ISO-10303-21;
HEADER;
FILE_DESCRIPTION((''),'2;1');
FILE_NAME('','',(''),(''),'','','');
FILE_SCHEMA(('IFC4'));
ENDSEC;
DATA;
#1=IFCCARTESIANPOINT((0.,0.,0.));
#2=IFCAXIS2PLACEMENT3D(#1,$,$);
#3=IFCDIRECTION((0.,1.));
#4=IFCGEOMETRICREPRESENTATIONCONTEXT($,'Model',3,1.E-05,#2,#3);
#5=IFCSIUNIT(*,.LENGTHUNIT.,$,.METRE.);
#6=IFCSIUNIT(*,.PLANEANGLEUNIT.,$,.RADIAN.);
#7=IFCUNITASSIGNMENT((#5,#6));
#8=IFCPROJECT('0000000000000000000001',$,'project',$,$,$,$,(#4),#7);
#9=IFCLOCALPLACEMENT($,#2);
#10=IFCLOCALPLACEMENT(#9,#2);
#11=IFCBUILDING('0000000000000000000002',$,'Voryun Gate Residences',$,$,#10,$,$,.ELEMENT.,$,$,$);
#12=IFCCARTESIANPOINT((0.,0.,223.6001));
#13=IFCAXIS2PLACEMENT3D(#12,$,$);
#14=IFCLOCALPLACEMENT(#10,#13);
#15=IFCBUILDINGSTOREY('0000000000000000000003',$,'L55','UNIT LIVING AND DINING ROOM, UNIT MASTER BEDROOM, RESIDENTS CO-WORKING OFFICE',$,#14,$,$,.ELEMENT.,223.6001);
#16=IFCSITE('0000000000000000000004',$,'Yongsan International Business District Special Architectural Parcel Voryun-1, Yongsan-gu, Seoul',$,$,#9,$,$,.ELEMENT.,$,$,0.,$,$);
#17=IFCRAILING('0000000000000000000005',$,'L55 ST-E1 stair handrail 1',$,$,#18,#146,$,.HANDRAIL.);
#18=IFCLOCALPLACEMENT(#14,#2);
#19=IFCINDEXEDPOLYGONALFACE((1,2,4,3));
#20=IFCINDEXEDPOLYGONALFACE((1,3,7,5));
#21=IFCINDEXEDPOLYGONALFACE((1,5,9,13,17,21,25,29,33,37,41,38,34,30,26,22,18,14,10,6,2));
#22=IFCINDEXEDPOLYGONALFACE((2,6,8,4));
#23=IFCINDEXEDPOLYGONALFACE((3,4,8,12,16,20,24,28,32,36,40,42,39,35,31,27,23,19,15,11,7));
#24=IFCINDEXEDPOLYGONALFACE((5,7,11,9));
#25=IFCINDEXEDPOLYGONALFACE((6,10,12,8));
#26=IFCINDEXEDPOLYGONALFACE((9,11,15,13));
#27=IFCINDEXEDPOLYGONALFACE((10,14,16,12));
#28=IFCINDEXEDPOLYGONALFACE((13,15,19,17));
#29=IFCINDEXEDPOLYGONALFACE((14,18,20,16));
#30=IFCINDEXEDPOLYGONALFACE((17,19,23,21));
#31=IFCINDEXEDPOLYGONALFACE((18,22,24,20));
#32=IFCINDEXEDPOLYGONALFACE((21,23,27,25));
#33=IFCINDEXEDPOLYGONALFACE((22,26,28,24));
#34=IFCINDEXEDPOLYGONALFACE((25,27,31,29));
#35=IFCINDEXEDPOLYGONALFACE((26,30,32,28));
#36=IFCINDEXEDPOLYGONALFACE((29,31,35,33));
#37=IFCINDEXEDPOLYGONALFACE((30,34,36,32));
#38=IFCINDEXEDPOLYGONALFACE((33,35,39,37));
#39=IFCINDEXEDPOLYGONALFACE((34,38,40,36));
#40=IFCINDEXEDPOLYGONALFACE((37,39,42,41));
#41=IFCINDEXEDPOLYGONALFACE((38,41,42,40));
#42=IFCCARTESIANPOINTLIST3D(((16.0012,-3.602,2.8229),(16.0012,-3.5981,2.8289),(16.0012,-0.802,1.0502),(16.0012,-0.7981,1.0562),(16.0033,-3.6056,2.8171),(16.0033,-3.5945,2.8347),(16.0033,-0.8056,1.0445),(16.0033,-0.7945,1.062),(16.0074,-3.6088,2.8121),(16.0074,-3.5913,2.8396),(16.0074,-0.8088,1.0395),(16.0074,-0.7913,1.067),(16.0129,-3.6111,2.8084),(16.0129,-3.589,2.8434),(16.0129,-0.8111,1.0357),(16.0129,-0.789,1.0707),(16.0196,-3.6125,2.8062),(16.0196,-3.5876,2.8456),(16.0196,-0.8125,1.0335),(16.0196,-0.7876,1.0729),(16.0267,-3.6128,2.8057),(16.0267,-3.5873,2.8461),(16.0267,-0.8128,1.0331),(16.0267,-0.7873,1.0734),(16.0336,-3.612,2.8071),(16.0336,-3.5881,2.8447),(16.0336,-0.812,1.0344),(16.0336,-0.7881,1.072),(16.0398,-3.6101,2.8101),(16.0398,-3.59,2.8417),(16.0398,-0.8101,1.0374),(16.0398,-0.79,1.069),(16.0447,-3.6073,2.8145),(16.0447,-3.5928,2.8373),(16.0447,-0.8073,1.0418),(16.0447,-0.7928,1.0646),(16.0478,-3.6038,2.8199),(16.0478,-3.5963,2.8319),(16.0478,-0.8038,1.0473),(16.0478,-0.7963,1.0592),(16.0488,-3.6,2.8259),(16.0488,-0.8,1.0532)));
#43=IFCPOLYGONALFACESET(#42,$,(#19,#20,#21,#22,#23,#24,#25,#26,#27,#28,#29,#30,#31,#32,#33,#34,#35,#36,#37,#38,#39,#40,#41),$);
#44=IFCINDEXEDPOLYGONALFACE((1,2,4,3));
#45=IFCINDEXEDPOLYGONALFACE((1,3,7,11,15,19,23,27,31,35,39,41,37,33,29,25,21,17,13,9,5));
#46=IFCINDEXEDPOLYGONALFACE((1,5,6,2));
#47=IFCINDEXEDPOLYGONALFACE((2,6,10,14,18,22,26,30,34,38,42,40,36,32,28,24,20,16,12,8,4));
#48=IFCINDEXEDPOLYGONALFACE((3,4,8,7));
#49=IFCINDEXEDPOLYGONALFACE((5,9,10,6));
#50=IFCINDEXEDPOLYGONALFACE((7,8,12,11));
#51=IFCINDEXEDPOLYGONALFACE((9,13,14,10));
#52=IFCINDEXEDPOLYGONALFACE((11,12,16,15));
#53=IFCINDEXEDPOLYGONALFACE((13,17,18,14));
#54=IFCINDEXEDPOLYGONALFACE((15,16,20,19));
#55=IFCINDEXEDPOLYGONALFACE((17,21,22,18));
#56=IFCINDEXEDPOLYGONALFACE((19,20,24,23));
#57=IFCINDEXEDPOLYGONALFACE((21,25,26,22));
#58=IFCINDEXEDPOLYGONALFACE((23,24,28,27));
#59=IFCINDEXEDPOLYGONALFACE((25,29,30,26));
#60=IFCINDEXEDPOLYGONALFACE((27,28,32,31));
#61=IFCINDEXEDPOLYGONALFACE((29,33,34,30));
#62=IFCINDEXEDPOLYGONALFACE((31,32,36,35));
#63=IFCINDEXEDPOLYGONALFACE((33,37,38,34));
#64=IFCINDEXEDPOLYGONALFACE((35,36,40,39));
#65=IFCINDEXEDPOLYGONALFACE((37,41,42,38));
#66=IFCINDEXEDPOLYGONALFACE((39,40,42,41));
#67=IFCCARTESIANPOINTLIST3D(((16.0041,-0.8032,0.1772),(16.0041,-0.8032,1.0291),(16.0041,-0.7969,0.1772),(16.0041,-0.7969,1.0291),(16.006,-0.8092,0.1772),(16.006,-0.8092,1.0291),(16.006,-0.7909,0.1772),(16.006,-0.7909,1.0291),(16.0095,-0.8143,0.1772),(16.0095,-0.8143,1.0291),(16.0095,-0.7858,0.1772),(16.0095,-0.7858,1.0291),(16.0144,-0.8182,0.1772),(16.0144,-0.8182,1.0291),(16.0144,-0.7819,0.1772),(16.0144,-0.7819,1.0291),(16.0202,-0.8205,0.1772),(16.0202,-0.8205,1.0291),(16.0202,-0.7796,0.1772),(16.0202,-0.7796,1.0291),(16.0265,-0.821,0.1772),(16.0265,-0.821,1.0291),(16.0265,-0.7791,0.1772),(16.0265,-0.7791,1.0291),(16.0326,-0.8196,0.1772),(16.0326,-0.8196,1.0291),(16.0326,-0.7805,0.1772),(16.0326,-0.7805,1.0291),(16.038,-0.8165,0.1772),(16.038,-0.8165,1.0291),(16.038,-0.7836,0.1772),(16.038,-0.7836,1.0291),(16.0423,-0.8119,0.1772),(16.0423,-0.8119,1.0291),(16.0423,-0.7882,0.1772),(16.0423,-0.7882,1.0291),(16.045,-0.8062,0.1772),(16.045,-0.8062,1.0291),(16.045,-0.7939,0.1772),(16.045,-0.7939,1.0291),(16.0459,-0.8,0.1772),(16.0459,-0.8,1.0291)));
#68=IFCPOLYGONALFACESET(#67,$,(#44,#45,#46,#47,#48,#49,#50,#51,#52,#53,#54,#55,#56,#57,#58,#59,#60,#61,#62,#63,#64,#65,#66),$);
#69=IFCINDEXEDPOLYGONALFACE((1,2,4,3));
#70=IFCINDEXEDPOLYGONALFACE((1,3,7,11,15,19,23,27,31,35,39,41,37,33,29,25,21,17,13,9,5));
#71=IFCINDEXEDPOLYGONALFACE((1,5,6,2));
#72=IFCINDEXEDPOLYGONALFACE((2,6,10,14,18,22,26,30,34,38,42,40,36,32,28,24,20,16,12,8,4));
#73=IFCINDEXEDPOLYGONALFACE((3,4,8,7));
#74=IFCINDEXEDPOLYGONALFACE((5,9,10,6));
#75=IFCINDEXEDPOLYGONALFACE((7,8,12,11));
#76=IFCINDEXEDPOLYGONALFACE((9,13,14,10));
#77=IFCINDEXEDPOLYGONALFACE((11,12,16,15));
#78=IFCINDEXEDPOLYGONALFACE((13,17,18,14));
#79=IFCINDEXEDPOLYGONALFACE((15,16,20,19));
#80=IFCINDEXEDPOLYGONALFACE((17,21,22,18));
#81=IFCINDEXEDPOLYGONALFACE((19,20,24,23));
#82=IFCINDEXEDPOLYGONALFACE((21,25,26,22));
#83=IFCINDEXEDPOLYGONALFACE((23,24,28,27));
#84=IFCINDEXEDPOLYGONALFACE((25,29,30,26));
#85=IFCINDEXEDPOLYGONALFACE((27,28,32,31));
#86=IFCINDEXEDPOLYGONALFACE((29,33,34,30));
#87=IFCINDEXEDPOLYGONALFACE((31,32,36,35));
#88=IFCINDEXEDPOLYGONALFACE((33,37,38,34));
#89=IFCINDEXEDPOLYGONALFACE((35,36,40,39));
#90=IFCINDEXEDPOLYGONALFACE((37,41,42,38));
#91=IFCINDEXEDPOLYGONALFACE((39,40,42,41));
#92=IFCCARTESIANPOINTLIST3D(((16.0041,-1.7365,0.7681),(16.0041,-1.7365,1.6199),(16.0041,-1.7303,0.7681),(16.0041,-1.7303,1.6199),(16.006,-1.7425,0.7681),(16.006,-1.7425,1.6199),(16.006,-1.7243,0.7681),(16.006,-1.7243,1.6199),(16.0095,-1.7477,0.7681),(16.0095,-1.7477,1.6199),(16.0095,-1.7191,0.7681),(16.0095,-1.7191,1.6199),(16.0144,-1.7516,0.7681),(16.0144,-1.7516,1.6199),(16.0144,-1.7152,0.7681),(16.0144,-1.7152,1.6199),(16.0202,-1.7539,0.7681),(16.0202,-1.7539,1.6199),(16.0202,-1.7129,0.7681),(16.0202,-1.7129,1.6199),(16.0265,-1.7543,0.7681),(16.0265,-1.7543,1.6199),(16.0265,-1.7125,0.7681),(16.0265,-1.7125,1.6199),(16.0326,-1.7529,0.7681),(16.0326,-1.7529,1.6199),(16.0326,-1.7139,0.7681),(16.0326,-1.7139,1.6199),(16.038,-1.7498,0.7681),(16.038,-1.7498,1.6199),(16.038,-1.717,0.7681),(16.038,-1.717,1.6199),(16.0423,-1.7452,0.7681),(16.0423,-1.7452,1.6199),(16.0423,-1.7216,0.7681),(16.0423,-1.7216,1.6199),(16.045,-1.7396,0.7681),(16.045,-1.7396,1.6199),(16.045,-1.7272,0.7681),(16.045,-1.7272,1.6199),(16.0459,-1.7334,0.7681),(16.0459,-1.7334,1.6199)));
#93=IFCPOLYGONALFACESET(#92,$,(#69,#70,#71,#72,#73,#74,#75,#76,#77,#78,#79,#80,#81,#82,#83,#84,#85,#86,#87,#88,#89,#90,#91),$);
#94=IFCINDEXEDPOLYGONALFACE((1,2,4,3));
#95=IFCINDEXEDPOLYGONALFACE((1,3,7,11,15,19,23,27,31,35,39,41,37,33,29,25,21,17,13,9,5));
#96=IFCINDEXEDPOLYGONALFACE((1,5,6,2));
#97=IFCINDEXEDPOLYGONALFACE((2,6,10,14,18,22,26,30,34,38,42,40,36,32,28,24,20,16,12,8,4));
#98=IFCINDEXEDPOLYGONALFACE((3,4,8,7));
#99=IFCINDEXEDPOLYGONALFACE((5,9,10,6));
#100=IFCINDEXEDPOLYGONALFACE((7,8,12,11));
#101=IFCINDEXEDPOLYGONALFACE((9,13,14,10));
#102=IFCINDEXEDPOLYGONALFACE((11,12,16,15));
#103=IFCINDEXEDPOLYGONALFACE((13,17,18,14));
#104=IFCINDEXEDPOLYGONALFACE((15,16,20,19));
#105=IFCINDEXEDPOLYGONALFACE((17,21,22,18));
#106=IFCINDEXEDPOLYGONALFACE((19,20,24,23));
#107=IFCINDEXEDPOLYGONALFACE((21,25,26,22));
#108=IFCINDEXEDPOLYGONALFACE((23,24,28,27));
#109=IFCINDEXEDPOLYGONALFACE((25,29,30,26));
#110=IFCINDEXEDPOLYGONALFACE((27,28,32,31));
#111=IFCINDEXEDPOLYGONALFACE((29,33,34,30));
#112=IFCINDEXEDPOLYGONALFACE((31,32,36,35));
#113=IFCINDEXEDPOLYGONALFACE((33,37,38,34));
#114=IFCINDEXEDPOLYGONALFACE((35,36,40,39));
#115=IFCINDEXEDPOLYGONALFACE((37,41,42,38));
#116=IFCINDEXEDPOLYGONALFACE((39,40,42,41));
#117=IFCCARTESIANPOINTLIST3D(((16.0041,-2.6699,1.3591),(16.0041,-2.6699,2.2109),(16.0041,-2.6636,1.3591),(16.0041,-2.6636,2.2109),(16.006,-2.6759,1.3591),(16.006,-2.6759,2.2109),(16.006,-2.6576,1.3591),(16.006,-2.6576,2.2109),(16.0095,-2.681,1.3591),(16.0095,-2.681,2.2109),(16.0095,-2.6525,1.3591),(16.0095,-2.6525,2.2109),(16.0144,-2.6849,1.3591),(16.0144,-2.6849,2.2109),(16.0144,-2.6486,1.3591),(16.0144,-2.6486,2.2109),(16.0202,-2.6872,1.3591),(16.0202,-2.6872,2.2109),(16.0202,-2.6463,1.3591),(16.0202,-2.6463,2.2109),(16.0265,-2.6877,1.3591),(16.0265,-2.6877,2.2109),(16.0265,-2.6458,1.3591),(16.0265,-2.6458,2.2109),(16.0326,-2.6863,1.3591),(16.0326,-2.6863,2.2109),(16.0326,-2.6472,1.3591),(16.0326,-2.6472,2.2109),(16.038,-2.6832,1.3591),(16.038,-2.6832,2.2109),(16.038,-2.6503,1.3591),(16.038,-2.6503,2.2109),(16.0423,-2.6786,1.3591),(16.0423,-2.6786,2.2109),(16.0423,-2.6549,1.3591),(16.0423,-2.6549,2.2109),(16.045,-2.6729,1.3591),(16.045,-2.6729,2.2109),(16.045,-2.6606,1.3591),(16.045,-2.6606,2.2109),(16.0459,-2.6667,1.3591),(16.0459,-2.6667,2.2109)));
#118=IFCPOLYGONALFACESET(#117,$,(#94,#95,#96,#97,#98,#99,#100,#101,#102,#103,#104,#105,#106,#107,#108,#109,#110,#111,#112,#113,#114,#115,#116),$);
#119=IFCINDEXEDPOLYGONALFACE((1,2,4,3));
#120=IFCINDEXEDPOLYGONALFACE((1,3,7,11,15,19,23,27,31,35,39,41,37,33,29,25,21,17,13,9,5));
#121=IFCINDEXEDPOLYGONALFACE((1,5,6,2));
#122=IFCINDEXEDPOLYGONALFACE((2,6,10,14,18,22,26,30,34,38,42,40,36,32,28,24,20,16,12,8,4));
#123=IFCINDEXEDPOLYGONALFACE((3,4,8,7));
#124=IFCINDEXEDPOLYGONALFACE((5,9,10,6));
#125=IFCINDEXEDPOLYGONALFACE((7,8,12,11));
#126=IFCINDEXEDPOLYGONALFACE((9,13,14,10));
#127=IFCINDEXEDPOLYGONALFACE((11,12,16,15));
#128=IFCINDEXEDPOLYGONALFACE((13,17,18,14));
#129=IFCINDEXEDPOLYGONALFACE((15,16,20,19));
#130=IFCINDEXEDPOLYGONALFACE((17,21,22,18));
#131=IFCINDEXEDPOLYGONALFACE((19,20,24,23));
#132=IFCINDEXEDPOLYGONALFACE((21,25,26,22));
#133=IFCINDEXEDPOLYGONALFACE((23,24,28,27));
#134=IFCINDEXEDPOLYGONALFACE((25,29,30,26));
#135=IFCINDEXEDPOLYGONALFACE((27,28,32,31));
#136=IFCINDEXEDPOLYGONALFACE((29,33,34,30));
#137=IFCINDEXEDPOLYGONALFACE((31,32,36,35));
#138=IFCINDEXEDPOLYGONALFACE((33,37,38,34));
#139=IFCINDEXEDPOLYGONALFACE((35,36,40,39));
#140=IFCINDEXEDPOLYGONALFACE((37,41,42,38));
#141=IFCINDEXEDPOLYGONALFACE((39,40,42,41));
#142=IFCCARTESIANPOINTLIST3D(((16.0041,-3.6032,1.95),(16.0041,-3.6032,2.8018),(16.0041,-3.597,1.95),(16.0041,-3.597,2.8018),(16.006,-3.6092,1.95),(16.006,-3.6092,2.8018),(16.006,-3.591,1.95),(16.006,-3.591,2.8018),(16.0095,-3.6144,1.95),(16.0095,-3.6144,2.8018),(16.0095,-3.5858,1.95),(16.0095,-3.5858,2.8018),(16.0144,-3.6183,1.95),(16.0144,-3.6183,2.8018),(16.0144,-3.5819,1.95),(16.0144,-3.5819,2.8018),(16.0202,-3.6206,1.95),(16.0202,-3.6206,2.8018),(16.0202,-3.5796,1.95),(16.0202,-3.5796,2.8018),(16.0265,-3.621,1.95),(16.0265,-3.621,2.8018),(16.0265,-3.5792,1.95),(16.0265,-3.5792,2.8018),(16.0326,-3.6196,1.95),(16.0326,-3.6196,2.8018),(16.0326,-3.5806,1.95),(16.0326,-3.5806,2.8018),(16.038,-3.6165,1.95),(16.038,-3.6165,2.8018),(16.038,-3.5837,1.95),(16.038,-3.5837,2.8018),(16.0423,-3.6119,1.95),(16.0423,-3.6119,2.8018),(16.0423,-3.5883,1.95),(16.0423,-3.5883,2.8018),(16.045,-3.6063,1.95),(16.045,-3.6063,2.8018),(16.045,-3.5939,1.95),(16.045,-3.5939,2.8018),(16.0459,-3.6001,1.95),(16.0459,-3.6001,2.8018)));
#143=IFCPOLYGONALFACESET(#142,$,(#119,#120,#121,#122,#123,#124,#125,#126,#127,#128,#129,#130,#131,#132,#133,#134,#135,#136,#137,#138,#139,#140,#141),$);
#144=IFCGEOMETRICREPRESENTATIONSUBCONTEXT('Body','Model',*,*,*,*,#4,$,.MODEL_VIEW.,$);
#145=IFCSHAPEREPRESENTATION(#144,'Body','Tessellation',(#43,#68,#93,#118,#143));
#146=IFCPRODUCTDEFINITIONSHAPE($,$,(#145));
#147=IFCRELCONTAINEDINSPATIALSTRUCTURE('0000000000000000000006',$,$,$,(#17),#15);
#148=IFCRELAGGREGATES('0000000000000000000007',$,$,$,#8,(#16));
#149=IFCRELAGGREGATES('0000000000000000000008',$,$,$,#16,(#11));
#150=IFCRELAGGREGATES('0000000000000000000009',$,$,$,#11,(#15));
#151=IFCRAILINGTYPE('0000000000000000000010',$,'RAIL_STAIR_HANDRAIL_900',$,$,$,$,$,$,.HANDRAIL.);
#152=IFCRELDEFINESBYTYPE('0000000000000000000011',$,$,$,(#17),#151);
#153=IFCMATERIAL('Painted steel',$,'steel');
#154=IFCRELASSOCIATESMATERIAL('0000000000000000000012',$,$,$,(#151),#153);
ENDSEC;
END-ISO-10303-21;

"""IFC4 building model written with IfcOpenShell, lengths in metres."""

from ifc_helpers import new_model, si_unit, direction, frame, origin, origin_2d, place, context, subcontext, project, spatial, circle, extrude, material, type_object, element, save


model = new_model("IFC4")

# Units and contexts
model_context = context("Model", 3, precision=1e-05, world=origin(), true_north=direction((0.0, 1.0)))
body_context = subcontext(model_context, "Body", "Model", "MODEL_VIEW")
ifc_project = project(units=[si_unit("LENGTHUNIT", "METRE"), si_unit("PLANEANGLEUNIT", "RADIAN")], contexts=[model_context])

# Site, building, storey
site_placement = place(None, origin())
site = spatial("IfcSite", under=ifc_project, at=site_placement, Name="Yongsan International Business District Special Architectural Parcel Voryun-1, Yongsan-gu, Seoul", CompositionType="ELEMENT", RefElevation=0.0)
building_placement = place(site_placement, origin())
building = spatial("IfcBuilding", under=site, at=building_placement, Name="Voryun Gate Residences", CompositionType="ELEMENT")
storey_placement = place(building_placement, frame((0.0, 0.0, 223.6001)))
storey = spatial("IfcBuildingStorey", under=building, at=storey_placement, Name="L55", Description="UNIT LIVING AND DINING ROOM, UNIT MASTER BEDROOM, RESIDENTS CO-WORKING OFFICE", CompositionType="ELEMENT", Elevation=223.6001)

# Railing
ifc_material_1 = material(Name="Painted steel", Category="steel")
railing_type_1 = type_object("IfcRailingType", Name="RAIL_STAIR_HANDRAIL_900", PredefinedType="HANDRAIL", material=ifc_material_1)
railing_1_placement = place(storey_placement, frame((16.0249, -0.8, 0.1772)))
element("IfcRailing", 1, at=railing_1_placement, inside=storey, type_object=railing_type_1, Name="L55 ST-E1 stair handrail 1", PredefinedType="HANDRAIL", context=body_context, shape_type="SweptSolid", body=[
    extrude(circle(Radius=0.0239, at=origin_2d()), frame((0.0, 0.0, 0.876), z_axis=(0.0, -0.844909, 0.53491), x_axis=(1.0, 0.0, 0.0)), (0.0, 0.0, 1.0), 3.314),
    extrude(circle(Radius=0.021, at=origin_2d()), origin(), (0.0, 0.0, 1.0), 0.8518),
    extrude(circle(Radius=0.021, at=origin_2d()), frame((0.0, -0.9333, 0.5908)), (0.0, 0.0, 1.0), 0.8518),
    extrude(circle(Radius=0.021, at=origin_2d()), frame((0.0, -1.8667, 1.1819)), (0.0, 0.0, 1.0), 0.8518),
    extrude(circle(Radius=0.021, at=origin_2d()), frame((0.0, -2.8, 1.7727)), (0.0, 0.0, 1.0), 0.8518),
])

save(model, "model.ifc")
